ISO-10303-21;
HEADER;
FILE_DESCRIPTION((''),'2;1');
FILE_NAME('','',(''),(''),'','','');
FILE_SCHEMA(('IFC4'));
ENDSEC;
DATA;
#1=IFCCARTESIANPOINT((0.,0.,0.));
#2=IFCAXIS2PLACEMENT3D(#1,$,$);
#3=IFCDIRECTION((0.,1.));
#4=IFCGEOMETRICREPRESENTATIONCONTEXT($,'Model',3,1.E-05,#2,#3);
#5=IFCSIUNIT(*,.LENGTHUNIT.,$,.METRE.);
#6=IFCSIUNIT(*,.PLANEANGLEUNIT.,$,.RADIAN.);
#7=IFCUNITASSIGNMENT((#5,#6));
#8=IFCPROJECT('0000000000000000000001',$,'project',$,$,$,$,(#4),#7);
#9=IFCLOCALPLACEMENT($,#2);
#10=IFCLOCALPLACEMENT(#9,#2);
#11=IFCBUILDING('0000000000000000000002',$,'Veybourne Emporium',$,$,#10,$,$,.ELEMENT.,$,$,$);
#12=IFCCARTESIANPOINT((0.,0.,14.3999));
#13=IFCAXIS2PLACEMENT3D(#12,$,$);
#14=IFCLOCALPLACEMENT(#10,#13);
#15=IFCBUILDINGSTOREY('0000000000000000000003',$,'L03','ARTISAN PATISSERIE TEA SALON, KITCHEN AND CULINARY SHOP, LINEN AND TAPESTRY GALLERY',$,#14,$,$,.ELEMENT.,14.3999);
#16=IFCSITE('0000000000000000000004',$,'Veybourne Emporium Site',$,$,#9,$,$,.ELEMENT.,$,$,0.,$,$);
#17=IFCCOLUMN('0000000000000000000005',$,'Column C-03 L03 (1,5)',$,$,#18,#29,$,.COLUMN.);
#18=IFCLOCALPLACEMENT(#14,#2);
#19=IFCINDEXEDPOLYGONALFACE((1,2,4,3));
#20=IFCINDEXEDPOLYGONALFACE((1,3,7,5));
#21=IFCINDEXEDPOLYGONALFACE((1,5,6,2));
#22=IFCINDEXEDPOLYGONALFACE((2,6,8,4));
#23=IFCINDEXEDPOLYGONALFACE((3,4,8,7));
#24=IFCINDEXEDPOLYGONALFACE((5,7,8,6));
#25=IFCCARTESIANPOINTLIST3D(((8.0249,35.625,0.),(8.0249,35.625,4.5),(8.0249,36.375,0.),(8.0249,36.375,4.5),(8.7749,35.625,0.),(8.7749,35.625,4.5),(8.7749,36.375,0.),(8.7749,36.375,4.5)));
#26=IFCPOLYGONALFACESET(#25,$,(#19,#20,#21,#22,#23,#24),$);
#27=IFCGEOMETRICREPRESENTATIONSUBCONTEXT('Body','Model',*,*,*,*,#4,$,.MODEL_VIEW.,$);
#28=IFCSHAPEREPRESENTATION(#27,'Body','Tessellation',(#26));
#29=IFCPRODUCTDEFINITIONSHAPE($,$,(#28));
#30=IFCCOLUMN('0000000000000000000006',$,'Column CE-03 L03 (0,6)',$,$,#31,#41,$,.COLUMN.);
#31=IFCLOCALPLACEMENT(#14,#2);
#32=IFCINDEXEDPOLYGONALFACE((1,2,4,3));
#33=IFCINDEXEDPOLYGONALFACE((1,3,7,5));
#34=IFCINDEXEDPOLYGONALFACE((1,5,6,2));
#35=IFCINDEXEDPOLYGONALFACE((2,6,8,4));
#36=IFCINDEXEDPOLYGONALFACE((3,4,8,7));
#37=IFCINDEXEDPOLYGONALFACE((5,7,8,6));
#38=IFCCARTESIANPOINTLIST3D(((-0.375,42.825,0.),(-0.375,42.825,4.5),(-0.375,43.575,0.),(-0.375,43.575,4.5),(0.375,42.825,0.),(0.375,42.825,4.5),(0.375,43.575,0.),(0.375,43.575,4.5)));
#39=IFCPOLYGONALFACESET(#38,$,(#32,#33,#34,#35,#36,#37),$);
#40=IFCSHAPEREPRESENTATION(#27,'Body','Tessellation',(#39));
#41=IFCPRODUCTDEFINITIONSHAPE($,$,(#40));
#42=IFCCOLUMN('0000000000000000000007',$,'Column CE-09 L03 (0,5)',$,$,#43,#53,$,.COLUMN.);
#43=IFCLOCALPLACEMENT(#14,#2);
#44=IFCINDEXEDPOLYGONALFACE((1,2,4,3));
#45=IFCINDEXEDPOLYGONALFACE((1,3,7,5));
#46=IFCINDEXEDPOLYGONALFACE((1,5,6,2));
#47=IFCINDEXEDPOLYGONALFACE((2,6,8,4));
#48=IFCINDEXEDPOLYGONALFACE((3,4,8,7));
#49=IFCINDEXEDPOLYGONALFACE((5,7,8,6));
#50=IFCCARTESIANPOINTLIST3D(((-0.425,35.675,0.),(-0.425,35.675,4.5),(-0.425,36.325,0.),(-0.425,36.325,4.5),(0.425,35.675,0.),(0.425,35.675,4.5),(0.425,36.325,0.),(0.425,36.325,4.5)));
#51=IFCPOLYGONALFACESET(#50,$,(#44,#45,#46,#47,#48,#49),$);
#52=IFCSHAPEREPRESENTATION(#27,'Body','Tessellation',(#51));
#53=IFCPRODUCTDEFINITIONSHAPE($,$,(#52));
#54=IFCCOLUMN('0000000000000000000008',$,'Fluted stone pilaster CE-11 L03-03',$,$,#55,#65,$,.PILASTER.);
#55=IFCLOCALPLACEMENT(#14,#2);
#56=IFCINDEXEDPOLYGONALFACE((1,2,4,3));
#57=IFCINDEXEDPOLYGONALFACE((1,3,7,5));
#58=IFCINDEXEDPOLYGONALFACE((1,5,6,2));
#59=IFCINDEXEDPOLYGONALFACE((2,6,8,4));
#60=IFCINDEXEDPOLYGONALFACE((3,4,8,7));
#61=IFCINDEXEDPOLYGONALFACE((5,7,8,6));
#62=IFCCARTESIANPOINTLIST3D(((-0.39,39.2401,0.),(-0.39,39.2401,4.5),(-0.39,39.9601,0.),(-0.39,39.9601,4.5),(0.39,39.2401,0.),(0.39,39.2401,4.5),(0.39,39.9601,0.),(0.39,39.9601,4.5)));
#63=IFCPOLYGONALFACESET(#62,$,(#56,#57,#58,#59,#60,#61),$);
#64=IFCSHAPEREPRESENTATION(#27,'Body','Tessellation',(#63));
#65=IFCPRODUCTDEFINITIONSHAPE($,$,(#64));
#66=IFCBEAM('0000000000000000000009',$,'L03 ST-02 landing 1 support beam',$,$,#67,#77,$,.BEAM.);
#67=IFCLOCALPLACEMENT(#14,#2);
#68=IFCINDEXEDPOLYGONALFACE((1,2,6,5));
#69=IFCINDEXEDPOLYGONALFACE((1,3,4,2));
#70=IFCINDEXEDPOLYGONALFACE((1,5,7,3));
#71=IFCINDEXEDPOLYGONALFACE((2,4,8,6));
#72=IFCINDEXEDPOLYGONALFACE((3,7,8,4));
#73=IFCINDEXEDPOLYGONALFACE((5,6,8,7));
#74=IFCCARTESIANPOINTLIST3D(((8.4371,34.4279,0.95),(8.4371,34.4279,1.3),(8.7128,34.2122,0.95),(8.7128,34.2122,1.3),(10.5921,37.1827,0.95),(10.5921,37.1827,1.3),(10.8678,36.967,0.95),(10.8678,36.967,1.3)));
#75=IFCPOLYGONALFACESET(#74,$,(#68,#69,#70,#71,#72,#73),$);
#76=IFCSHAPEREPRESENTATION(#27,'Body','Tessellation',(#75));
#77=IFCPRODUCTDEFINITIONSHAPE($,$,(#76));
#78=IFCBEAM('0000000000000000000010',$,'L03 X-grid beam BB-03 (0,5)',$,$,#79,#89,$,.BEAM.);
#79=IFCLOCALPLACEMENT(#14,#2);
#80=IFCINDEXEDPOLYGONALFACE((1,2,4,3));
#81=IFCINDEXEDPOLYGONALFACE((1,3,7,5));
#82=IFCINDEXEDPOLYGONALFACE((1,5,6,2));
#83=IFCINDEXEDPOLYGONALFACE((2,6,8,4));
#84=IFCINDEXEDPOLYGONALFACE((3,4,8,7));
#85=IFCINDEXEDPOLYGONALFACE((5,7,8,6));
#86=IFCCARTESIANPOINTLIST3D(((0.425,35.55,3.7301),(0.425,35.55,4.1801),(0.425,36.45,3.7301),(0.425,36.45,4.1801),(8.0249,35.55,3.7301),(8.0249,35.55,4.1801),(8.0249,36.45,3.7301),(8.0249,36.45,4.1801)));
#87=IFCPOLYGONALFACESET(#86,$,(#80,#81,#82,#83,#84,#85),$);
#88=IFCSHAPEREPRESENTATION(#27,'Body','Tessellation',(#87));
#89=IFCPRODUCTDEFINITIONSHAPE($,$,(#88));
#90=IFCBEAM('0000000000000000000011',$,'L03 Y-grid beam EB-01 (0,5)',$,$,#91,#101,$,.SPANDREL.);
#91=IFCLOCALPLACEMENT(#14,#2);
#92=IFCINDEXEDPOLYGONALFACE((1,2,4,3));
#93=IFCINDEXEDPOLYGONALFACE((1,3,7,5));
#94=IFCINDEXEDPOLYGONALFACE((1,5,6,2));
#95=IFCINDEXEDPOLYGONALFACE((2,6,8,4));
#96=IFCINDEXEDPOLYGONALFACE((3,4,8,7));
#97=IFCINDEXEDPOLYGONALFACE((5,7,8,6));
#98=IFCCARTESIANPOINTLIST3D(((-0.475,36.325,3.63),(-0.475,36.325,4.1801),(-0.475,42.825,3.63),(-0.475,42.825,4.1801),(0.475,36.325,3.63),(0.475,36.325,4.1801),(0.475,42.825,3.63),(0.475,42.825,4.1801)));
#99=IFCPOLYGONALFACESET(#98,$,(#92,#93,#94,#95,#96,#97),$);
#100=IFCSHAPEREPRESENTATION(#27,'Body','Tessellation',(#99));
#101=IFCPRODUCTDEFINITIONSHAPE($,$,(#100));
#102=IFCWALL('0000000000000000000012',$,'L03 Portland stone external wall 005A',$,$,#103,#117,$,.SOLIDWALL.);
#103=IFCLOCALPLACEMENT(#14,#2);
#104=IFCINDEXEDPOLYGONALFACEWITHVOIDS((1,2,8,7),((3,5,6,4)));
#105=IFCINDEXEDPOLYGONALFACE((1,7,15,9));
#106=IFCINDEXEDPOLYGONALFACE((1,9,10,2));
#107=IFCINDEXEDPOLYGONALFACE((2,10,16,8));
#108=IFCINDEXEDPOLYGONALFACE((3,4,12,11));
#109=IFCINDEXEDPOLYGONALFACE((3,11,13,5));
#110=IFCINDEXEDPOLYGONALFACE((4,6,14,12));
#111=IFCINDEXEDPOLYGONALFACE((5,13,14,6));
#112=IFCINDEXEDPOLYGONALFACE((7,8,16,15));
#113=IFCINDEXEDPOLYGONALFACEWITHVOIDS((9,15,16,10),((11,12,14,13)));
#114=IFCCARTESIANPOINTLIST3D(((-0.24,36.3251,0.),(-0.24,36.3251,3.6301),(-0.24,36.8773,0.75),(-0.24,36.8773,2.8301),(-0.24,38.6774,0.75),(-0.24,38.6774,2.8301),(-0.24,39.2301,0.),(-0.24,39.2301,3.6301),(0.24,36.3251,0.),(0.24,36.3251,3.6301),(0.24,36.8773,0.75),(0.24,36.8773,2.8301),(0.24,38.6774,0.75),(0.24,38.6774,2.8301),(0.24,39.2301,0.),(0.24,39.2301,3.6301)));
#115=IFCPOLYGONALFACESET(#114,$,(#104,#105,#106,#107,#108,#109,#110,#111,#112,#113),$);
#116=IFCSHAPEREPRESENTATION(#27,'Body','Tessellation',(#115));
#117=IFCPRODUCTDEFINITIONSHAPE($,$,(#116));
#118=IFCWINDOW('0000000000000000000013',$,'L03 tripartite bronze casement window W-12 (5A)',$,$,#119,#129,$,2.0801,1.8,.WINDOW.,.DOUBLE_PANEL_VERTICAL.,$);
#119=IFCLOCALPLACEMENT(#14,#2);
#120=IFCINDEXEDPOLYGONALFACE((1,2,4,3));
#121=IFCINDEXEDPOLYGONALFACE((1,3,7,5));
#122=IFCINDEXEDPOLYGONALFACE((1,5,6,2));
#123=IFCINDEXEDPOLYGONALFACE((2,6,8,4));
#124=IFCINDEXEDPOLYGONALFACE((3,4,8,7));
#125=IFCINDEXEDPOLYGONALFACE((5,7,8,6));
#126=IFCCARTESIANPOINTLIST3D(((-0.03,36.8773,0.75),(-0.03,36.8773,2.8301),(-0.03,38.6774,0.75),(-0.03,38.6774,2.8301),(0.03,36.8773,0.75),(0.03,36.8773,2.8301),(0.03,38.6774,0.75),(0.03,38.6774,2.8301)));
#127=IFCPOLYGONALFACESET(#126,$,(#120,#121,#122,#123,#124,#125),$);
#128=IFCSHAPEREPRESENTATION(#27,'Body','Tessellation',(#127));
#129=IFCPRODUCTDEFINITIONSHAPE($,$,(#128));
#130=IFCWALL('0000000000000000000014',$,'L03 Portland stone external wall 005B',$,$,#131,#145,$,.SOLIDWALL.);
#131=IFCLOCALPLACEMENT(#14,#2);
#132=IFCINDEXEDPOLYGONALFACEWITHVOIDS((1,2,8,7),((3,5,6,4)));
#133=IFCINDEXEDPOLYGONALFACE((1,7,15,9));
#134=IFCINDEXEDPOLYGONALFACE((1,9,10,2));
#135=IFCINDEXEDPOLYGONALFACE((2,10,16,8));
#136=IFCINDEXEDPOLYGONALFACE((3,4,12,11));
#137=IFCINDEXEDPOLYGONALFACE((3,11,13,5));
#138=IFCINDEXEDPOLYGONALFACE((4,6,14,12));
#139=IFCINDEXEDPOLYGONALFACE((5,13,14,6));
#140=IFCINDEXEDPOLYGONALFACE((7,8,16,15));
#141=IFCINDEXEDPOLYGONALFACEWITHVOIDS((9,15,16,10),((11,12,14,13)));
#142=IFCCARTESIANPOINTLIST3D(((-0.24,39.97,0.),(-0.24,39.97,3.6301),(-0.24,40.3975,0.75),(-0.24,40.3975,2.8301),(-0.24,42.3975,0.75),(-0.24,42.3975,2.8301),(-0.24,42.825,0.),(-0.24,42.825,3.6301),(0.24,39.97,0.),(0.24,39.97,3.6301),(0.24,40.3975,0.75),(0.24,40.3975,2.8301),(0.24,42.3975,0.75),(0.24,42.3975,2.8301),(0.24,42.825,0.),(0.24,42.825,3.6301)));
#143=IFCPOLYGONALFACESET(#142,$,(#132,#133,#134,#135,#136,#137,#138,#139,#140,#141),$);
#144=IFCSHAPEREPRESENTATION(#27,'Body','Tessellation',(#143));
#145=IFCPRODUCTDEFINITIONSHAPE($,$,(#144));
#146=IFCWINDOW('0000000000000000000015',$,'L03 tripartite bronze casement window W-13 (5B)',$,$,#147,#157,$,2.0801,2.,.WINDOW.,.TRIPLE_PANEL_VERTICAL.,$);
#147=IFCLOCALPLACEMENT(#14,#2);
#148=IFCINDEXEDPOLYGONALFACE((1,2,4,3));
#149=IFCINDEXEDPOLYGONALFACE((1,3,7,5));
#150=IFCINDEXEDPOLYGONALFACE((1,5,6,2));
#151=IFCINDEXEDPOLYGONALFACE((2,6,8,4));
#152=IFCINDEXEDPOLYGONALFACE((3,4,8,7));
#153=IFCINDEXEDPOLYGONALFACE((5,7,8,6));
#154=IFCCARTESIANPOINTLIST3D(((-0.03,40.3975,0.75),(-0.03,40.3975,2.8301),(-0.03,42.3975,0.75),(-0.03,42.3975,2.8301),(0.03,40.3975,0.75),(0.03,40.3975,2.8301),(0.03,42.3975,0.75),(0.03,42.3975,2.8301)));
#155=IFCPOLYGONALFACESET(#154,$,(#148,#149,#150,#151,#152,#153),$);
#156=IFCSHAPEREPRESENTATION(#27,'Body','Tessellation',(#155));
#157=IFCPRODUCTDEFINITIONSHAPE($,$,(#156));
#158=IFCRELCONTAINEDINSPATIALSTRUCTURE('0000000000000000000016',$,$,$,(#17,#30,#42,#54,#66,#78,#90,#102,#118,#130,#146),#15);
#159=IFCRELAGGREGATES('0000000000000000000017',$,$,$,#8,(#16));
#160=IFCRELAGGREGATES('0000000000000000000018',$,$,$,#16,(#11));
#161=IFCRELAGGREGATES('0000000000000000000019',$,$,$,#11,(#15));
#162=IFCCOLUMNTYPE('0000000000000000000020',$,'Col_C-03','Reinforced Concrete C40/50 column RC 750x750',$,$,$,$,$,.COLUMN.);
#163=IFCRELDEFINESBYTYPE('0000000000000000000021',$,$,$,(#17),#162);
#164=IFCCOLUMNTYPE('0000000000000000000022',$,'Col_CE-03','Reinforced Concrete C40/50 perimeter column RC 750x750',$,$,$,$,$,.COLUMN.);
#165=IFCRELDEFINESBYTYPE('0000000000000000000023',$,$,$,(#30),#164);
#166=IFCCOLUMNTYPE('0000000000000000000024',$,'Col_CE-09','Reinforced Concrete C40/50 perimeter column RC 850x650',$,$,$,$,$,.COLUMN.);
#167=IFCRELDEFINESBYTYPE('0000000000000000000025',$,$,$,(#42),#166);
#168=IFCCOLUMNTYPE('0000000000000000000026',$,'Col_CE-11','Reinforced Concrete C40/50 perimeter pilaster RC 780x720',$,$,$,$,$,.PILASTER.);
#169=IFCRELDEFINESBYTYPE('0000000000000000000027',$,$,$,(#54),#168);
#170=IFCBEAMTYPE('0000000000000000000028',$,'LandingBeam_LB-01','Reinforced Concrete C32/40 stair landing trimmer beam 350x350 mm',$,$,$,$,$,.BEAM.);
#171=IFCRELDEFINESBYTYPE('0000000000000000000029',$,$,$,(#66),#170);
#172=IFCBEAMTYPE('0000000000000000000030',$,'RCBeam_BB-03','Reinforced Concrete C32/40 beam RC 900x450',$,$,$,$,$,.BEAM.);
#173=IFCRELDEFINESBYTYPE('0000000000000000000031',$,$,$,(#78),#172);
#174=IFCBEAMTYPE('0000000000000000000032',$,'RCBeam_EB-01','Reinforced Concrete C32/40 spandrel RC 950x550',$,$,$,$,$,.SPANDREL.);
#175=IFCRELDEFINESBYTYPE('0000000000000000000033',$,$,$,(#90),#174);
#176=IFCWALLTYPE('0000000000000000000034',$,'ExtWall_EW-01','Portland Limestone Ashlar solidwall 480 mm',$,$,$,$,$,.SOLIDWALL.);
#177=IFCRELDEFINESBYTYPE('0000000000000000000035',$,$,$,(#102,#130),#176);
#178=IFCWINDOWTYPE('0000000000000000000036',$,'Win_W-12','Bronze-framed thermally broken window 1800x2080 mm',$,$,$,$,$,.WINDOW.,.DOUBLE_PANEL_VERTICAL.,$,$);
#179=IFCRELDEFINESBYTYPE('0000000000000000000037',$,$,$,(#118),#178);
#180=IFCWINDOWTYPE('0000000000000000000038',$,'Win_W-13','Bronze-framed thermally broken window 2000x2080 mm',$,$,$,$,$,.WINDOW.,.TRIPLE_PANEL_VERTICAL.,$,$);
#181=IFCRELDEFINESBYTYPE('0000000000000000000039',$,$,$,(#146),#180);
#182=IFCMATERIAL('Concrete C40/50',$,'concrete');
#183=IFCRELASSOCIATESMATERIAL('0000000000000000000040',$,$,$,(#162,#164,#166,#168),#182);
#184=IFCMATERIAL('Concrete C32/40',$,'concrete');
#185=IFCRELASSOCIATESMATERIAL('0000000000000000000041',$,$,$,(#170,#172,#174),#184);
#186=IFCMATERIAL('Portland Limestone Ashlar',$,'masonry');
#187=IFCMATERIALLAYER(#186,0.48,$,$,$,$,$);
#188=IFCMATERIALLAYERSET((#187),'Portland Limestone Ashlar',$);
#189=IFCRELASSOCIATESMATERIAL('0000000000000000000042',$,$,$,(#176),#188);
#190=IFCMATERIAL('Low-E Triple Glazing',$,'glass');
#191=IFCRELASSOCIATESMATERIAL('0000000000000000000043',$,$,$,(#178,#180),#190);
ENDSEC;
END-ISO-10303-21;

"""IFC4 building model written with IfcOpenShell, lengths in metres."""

from ifc_helpers import new_model, si_unit, direction, frame, frame_2d, origin, origin_2d, place, context, subcontext, project, spatial, rectangle, extrude, material, layer, layer_set, material_profile, profile_set, type_object, element, fill, save


model = new_model("IFC4")

# Units and contexts
model_context = context("Model", 3, precision=1e-05, world=origin(), true_north=direction((0.0, 1.0)))
body_context = subcontext(model_context, "Body", "Model", "MODEL_VIEW")
ifc_project = project(units=[si_unit("LENGTHUNIT", "METRE"), si_unit("PLANEANGLEUNIT", "RADIAN")], contexts=[model_context])

# Site, building, storey
site_placement = place(None, origin())
site = spatial("IfcSite", under=ifc_project, at=site_placement, Name="Veybourne Emporium Site", CompositionType="ELEMENT", RefElevation=0.0)
building_placement = place(site_placement, origin())
building = spatial("IfcBuilding", under=site, at=building_placement, Name="Veybourne Emporium", CompositionType="ELEMENT")
storey_placement = place(building_placement, frame((0.0, 0.0, 14.3999)))
storey = spatial("IfcBuildingStorey", under=building, at=storey_placement, Name="L03", Description="ARTISAN PATISSERIE TEA SALON, KITCHEN AND CULINARY SHOP, LINEN AND TAPESTRY GALLERY", CompositionType="ELEMENT", Elevation=14.3999)

# Columns
ifc_material_1 = material(Name="Concrete C40/50", Category="concrete")
ifc_material_profile_1 = material_profile(ifc_material_1, rectangle(XDim=0.75, YDim=0.75, at=origin_2d()), Name="RC 750x750")
ifc_profile_set_1 = profile_set([ifc_material_profile_1], Name="Concrete C40/50")
column_type_1 = type_object("IfcColumnType", Name="Col_C-03", Description="Reinforced Concrete C40/50 column RC 750x750", PredefinedType="COLUMN", material=ifc_profile_set_1)
column_1_placement = place(storey_placement, frame((8.3999, 36.0, 0.0), z_axis=(0.0, 0.0, 1.0), x_axis=(1.0, 0.0, 0.0)))
element("IfcColumn", 1, at=column_1_placement, inside=storey, type_object=column_type_1, Name="Column C-03 L03 (1,5)", PredefinedType="COLUMN", context=body_context, shape_type="SweptSolid", body=[
    extrude(rectangle(XDim=0.75, YDim=0.75, at=origin_2d()), origin(), (0.0, 0.0, 1.0), 4.5),
])
ifc_material_profile_2 = material_profile(ifc_material_1, rectangle(XDim=0.75, YDim=0.75, at=origin_2d()), Name="RC 750x750")
ifc_profile_set_2 = profile_set([ifc_material_profile_2], Name="Concrete C40/50")
column_type_2 = type_object("IfcColumnType", Name="Col_CE-03", Description="Reinforced Concrete C40/50 perimeter column RC 750x750", PredefinedType="COLUMN", material=ifc_profile_set_2)
column_2_placement = place(storey_placement, frame((0.0, 43.2, 0.0), z_axis=(0.0, 0.0, 1.0), x_axis=(1.0, 0.0, 0.0)))
element("IfcColumn", 2, at=column_2_placement, inside=storey, type_object=column_type_2, Name="Column CE-03 L03 (0,6)", PredefinedType="COLUMN", context=body_context, shape_type="SweptSolid", body=[
    extrude(rectangle(XDim=0.75, YDim=0.75, at=origin_2d()), origin(), (0.0, 0.0, 1.0), 4.5),
])
ifc_material_profile_3 = material_profile(ifc_material_1, rectangle(XDim=0.8501, YDim=0.6499, at=origin_2d()), Name="RC 850x650")
ifc_profile_set_3 = profile_set([ifc_material_profile_3], Name="Concrete C40/50")
column_type_3 = type_object("IfcColumnType", Name="Col_CE-09", Description="Reinforced Concrete C40/50 perimeter column RC 850x650", PredefinedType="COLUMN", material=ifc_profile_set_3)
column_3_placement = place(storey_placement, frame((0.0, 36.0, 0.0), z_axis=(0.0, 0.0, 1.0), x_axis=(1.0, 0.0, 0.0)))
element("IfcColumn", 3, at=column_3_placement, inside=storey, type_object=column_type_3, Name="Column CE-09 L03 (0,5)", PredefinedType="COLUMN", context=body_context, shape_type="SweptSolid", body=[
    extrude(rectangle(XDim=0.8501, YDim=0.6499, at=origin_2d()), origin(), (0.0, 0.0, 1.0), 4.5),
])
ifc_material_profile_4 = material_profile(ifc_material_1, rectangle(XDim=0.78, YDim=0.72, at=origin_2d()), Name="RC 780x720")
ifc_profile_set_4 = profile_set([ifc_material_profile_4], Name="Concrete C40/50")
column_type_4 = type_object("IfcColumnType", Name="Col_CE-11", Description="Reinforced Concrete C40/50 perimeter pilaster RC 780x720", PredefinedType="PILASTER", material=ifc_profile_set_4)
column_4_placement = place(storey_placement, frame((0.0, 39.6001, 0.0), z_axis=(0.0, 0.0, 1.0), x_axis=(1.0, 0.0, 0.0)))
element("IfcColumn", 4, at=column_4_placement, inside=storey, type_object=column_type_4, Name="Fluted stone pilaster CE-11 L03-03", PredefinedType="PILASTER", context=body_context, shape_type="SweptSolid", body=[
    extrude(rectangle(XDim=0.78, YDim=0.72, at=origin_2d()), origin(), (0.0, 0.0, 1.0), 4.5),
])

# Beams
ifc_material_2 = material(Name="Concrete C32/40", Category="concrete")
ifc_material_profile_5 = material_profile(ifc_material_2, rectangle(XDim=0.3501, YDim=0.3501, at=origin_2d()), Name="RC 350x350")
ifc_profile_set_5 = profile_set([ifc_material_profile_5], Name="Concrete C32/40")
beam_type_1 = type_object("IfcBeamType", Name="LandingBeam_LB-01", Description="Reinforced Concrete C32/40 stair landing trimmer beam 350x350 mm", PredefinedType="BEAM", material=ifc_profile_set_5)
beam_1_placement = place(storey_placement, frame((8.575, 34.3201, 1.125), z_axis=(0.616137, 0.787639, 0.0), x_axis=(-0.787639, 0.616137, 0.0)))
element("IfcBeam", 5, at=beam_1_placement, inside=storey, type_object=beam_type_1, Name="L03 ST-02 landing 1 support beam", PredefinedType="BEAM", context=body_context, shape_type="SweptSolid", body=[
    extrude(rectangle(XDim=0.3501, YDim=0.3501, at=origin_2d()), origin(), (0.0, 0.0, 1.0), 3.4976),
])
ifc_material_profile_6 = material_profile(ifc_material_2, rectangle(XDim=0.8999, YDim=0.45, at=origin_2d()), Name="RC 900x450")
ifc_profile_set_6 = profile_set([ifc_material_profile_6], Name="Concrete C32/40")
beam_type_2 = type_object("IfcBeamType", Name="RCBeam_BB-03", Description="Reinforced Concrete C32/40 beam RC 900x450", PredefinedType="BEAM", material=ifc_profile_set_6)
beam_2_placement = place(storey_placement, frame((0.425, 36.0, 3.9551), z_axis=(1.0, 0.0, 0.0), x_axis=(0.0, 1.0, 0.0)))
element("IfcBeam", 6, at=beam_2_placement, inside=storey, type_object=beam_type_2, Name="L03 X-grid beam BB-03 (0,5)", PredefinedType="BEAM", context=body_context, shape_type="SweptSolid", body=[
    extrude(rectangle(XDim=0.8999, YDim=0.45, at=origin_2d()), origin(), (0.0, 0.0, 1.0), 7.5999),
])
ifc_material_profile_7 = material_profile(ifc_material_2, rectangle(XDim=0.95, YDim=0.55, at=origin_2d()), Name="RC 950x550")
ifc_profile_set_7 = profile_set([ifc_material_profile_7], Name="Concrete C32/40")
beam_type_3 = type_object("IfcBeamType", Name="RCBeam_EB-01", Description="Reinforced Concrete C32/40 spandrel RC 950x550", PredefinedType="SPANDREL", material=ifc_profile_set_7)
beam_3_placement = place(storey_placement, frame((0.0, 36.325, 3.905), z_axis=(0.0, 1.0, 0.0), x_axis=(-1.0, 0.0, 0.0)))
element("IfcBeam", 7, at=beam_3_placement, inside=storey, type_object=beam_type_3, Name="L03 Y-grid beam EB-01 (0,5)", PredefinedType="SPANDREL", context=body_context, shape_type="SweptSolid", body=[
    extrude(rectangle(XDim=0.95, YDim=0.55, at=origin_2d()), origin(), (0.0, 0.0, 1.0), 6.5),
])

# Walls, openings, windows
ifc_material_3 = material(Name="Portland Limestone Ashlar", Category="masonry")
ifc_layer_1 = layer(ifc_material_3, 0.48)
ifc_layer_set_1 = layer_set([ifc_layer_1], Name="Portland Limestone Ashlar")
wall_type_1 = type_object("IfcWallType", Name="ExtWall_EW-01", Description="Portland Limestone Ashlar solidwall 480 mm", PredefinedType="SOLIDWALL", material=ifc_layer_set_1)
wall_1_placement = place(storey_placement, frame((0.0, 36.325, 0.0), z_axis=(0.0, 0.0, 1.0), x_axis=(0.0, 1.0, 0.0)))
wall_1 = element("IfcWall", 8, at=wall_1_placement, inside=storey, type_object=wall_type_1, Name="L03 Portland stone external wall 005A", PredefinedType="SOLIDWALL", context=body_context, shape_type="SweptSolid", body=[
    extrude(rectangle(XDim=2.905, YDim=0.48, at=frame_2d((1.4526, 0.0))), origin(), (0.0, 0.0, 1.0), 3.6301),
])
opening_1_placement = place(wall_1_placement, frame((0.5525, 0.0, 0.75)))
opening_1 = element("IfcOpeningElement", 9, at=opening_1_placement, cuts=wall_1, PredefinedType="OPENING", context=body_context, shape_type="SweptSolid", body=[
    extrude(rectangle(XDim=1.8, YDim=2.0801, at=frame_2d((0.8999, 1.04))), frame((0.0, 0.26, 0.0), z_axis=(0.0, -1.0, 0.0), x_axis=(1.0, 0.0, 0.0)), (0.0, 0.0, 1.0), 0.52),
])
ifc_material_4 = material(Name="Low-E Triple Glazing", Category="glass")
window_type_1 = type_object("IfcWindowType", Name="Win_W-12", Description="Bronze-framed thermally broken window 1800x2080 mm", PartitioningType="DOUBLE_PANEL_VERTICAL", PredefinedType="WINDOW", material=ifc_material_4)
window_1_placement = place(opening_1_placement, origin())
window_1 = element("IfcWindow", 10, at=window_1_placement, inside=storey, type_object=window_type_1, Name="L03 tripartite bronze casement window W-12 (5A)", OverallHeight=2.0801, OverallWidth=1.8, PartitioningType="DOUBLE_PANEL_VERTICAL", PredefinedType="WINDOW", context=body_context, shape_type="SweptSolid", body=[
    extrude(rectangle(XDim=1.8, YDim=2.0801, at=frame_2d((0.8999, 1.04))), frame((0.0, 0.03, 0.0), z_axis=(0.0, -1.0, 0.0), x_axis=(1.0, 0.0, 0.0)), (0.0, 0.0, 1.0), 0.0601),
])
fill(opening_1, window_1)
wall_2_placement = place(storey_placement, frame((0.0, 39.97, 0.0), z_axis=(0.0, 0.0, 1.0), x_axis=(0.0, 1.0, 0.0)))
wall_2 = element("IfcWall", 11, at=wall_2_placement, inside=storey, type_object=wall_type_1, Name="L03 Portland stone external wall 005B", PredefinedType="SOLIDWALL", context=body_context, shape_type="SweptSolid", body=[
    extrude(rectangle(XDim=2.855, YDim=0.48, at=frame_2d((1.4275, 0.0))), origin(), (0.0, 0.0, 1.0), 3.6301),
])
opening_2_placement = place(wall_2_placement, frame((0.4275, 0.0, 0.75)))
opening_2 = element("IfcOpeningElement", 12, at=opening_2_placement, cuts=wall_2, PredefinedType="OPENING", context=body_context, shape_type="SweptSolid", body=[
    extrude(rectangle(XDim=2.0, YDim=2.0801, at=frame_2d((1.0, 1.04))), frame((0.0, 0.26, 0.0), z_axis=(0.0, -1.0, 0.0), x_axis=(1.0, 0.0, 0.0)), (0.0, 0.0, 1.0), 0.52),
])
window_type_2 = type_object("IfcWindowType", Name="Win_W-13", Description="Bronze-framed thermally broken window 2000x2080 mm", PartitioningType="TRIPLE_PANEL_VERTICAL", PredefinedType="WINDOW", material=ifc_material_4)
window_2_placement = place(opening_2_placement, origin())
window_2 = element("IfcWindow", 13, at=window_2_placement, inside=storey, type_object=window_type_2, Name="L03 tripartite bronze casement window W-13 (5B)", OverallHeight=2.0801, OverallWidth=2.0, PartitioningType="TRIPLE_PANEL_VERTICAL", PredefinedType="WINDOW", context=body_context, shape_type="SweptSolid", body=[
    extrude(rectangle(XDim=2.0, YDim=2.0801, at=frame_2d((1.0, 1.04))), frame((0.0, 0.03, 0.0), z_axis=(0.0, -1.0, 0.0), x_axis=(1.0, 0.0, 0.0)), (0.0, 0.0, 1.0), 0.0601),
])
fill(opening_2, window_2)

save(model, "model.ifc")
